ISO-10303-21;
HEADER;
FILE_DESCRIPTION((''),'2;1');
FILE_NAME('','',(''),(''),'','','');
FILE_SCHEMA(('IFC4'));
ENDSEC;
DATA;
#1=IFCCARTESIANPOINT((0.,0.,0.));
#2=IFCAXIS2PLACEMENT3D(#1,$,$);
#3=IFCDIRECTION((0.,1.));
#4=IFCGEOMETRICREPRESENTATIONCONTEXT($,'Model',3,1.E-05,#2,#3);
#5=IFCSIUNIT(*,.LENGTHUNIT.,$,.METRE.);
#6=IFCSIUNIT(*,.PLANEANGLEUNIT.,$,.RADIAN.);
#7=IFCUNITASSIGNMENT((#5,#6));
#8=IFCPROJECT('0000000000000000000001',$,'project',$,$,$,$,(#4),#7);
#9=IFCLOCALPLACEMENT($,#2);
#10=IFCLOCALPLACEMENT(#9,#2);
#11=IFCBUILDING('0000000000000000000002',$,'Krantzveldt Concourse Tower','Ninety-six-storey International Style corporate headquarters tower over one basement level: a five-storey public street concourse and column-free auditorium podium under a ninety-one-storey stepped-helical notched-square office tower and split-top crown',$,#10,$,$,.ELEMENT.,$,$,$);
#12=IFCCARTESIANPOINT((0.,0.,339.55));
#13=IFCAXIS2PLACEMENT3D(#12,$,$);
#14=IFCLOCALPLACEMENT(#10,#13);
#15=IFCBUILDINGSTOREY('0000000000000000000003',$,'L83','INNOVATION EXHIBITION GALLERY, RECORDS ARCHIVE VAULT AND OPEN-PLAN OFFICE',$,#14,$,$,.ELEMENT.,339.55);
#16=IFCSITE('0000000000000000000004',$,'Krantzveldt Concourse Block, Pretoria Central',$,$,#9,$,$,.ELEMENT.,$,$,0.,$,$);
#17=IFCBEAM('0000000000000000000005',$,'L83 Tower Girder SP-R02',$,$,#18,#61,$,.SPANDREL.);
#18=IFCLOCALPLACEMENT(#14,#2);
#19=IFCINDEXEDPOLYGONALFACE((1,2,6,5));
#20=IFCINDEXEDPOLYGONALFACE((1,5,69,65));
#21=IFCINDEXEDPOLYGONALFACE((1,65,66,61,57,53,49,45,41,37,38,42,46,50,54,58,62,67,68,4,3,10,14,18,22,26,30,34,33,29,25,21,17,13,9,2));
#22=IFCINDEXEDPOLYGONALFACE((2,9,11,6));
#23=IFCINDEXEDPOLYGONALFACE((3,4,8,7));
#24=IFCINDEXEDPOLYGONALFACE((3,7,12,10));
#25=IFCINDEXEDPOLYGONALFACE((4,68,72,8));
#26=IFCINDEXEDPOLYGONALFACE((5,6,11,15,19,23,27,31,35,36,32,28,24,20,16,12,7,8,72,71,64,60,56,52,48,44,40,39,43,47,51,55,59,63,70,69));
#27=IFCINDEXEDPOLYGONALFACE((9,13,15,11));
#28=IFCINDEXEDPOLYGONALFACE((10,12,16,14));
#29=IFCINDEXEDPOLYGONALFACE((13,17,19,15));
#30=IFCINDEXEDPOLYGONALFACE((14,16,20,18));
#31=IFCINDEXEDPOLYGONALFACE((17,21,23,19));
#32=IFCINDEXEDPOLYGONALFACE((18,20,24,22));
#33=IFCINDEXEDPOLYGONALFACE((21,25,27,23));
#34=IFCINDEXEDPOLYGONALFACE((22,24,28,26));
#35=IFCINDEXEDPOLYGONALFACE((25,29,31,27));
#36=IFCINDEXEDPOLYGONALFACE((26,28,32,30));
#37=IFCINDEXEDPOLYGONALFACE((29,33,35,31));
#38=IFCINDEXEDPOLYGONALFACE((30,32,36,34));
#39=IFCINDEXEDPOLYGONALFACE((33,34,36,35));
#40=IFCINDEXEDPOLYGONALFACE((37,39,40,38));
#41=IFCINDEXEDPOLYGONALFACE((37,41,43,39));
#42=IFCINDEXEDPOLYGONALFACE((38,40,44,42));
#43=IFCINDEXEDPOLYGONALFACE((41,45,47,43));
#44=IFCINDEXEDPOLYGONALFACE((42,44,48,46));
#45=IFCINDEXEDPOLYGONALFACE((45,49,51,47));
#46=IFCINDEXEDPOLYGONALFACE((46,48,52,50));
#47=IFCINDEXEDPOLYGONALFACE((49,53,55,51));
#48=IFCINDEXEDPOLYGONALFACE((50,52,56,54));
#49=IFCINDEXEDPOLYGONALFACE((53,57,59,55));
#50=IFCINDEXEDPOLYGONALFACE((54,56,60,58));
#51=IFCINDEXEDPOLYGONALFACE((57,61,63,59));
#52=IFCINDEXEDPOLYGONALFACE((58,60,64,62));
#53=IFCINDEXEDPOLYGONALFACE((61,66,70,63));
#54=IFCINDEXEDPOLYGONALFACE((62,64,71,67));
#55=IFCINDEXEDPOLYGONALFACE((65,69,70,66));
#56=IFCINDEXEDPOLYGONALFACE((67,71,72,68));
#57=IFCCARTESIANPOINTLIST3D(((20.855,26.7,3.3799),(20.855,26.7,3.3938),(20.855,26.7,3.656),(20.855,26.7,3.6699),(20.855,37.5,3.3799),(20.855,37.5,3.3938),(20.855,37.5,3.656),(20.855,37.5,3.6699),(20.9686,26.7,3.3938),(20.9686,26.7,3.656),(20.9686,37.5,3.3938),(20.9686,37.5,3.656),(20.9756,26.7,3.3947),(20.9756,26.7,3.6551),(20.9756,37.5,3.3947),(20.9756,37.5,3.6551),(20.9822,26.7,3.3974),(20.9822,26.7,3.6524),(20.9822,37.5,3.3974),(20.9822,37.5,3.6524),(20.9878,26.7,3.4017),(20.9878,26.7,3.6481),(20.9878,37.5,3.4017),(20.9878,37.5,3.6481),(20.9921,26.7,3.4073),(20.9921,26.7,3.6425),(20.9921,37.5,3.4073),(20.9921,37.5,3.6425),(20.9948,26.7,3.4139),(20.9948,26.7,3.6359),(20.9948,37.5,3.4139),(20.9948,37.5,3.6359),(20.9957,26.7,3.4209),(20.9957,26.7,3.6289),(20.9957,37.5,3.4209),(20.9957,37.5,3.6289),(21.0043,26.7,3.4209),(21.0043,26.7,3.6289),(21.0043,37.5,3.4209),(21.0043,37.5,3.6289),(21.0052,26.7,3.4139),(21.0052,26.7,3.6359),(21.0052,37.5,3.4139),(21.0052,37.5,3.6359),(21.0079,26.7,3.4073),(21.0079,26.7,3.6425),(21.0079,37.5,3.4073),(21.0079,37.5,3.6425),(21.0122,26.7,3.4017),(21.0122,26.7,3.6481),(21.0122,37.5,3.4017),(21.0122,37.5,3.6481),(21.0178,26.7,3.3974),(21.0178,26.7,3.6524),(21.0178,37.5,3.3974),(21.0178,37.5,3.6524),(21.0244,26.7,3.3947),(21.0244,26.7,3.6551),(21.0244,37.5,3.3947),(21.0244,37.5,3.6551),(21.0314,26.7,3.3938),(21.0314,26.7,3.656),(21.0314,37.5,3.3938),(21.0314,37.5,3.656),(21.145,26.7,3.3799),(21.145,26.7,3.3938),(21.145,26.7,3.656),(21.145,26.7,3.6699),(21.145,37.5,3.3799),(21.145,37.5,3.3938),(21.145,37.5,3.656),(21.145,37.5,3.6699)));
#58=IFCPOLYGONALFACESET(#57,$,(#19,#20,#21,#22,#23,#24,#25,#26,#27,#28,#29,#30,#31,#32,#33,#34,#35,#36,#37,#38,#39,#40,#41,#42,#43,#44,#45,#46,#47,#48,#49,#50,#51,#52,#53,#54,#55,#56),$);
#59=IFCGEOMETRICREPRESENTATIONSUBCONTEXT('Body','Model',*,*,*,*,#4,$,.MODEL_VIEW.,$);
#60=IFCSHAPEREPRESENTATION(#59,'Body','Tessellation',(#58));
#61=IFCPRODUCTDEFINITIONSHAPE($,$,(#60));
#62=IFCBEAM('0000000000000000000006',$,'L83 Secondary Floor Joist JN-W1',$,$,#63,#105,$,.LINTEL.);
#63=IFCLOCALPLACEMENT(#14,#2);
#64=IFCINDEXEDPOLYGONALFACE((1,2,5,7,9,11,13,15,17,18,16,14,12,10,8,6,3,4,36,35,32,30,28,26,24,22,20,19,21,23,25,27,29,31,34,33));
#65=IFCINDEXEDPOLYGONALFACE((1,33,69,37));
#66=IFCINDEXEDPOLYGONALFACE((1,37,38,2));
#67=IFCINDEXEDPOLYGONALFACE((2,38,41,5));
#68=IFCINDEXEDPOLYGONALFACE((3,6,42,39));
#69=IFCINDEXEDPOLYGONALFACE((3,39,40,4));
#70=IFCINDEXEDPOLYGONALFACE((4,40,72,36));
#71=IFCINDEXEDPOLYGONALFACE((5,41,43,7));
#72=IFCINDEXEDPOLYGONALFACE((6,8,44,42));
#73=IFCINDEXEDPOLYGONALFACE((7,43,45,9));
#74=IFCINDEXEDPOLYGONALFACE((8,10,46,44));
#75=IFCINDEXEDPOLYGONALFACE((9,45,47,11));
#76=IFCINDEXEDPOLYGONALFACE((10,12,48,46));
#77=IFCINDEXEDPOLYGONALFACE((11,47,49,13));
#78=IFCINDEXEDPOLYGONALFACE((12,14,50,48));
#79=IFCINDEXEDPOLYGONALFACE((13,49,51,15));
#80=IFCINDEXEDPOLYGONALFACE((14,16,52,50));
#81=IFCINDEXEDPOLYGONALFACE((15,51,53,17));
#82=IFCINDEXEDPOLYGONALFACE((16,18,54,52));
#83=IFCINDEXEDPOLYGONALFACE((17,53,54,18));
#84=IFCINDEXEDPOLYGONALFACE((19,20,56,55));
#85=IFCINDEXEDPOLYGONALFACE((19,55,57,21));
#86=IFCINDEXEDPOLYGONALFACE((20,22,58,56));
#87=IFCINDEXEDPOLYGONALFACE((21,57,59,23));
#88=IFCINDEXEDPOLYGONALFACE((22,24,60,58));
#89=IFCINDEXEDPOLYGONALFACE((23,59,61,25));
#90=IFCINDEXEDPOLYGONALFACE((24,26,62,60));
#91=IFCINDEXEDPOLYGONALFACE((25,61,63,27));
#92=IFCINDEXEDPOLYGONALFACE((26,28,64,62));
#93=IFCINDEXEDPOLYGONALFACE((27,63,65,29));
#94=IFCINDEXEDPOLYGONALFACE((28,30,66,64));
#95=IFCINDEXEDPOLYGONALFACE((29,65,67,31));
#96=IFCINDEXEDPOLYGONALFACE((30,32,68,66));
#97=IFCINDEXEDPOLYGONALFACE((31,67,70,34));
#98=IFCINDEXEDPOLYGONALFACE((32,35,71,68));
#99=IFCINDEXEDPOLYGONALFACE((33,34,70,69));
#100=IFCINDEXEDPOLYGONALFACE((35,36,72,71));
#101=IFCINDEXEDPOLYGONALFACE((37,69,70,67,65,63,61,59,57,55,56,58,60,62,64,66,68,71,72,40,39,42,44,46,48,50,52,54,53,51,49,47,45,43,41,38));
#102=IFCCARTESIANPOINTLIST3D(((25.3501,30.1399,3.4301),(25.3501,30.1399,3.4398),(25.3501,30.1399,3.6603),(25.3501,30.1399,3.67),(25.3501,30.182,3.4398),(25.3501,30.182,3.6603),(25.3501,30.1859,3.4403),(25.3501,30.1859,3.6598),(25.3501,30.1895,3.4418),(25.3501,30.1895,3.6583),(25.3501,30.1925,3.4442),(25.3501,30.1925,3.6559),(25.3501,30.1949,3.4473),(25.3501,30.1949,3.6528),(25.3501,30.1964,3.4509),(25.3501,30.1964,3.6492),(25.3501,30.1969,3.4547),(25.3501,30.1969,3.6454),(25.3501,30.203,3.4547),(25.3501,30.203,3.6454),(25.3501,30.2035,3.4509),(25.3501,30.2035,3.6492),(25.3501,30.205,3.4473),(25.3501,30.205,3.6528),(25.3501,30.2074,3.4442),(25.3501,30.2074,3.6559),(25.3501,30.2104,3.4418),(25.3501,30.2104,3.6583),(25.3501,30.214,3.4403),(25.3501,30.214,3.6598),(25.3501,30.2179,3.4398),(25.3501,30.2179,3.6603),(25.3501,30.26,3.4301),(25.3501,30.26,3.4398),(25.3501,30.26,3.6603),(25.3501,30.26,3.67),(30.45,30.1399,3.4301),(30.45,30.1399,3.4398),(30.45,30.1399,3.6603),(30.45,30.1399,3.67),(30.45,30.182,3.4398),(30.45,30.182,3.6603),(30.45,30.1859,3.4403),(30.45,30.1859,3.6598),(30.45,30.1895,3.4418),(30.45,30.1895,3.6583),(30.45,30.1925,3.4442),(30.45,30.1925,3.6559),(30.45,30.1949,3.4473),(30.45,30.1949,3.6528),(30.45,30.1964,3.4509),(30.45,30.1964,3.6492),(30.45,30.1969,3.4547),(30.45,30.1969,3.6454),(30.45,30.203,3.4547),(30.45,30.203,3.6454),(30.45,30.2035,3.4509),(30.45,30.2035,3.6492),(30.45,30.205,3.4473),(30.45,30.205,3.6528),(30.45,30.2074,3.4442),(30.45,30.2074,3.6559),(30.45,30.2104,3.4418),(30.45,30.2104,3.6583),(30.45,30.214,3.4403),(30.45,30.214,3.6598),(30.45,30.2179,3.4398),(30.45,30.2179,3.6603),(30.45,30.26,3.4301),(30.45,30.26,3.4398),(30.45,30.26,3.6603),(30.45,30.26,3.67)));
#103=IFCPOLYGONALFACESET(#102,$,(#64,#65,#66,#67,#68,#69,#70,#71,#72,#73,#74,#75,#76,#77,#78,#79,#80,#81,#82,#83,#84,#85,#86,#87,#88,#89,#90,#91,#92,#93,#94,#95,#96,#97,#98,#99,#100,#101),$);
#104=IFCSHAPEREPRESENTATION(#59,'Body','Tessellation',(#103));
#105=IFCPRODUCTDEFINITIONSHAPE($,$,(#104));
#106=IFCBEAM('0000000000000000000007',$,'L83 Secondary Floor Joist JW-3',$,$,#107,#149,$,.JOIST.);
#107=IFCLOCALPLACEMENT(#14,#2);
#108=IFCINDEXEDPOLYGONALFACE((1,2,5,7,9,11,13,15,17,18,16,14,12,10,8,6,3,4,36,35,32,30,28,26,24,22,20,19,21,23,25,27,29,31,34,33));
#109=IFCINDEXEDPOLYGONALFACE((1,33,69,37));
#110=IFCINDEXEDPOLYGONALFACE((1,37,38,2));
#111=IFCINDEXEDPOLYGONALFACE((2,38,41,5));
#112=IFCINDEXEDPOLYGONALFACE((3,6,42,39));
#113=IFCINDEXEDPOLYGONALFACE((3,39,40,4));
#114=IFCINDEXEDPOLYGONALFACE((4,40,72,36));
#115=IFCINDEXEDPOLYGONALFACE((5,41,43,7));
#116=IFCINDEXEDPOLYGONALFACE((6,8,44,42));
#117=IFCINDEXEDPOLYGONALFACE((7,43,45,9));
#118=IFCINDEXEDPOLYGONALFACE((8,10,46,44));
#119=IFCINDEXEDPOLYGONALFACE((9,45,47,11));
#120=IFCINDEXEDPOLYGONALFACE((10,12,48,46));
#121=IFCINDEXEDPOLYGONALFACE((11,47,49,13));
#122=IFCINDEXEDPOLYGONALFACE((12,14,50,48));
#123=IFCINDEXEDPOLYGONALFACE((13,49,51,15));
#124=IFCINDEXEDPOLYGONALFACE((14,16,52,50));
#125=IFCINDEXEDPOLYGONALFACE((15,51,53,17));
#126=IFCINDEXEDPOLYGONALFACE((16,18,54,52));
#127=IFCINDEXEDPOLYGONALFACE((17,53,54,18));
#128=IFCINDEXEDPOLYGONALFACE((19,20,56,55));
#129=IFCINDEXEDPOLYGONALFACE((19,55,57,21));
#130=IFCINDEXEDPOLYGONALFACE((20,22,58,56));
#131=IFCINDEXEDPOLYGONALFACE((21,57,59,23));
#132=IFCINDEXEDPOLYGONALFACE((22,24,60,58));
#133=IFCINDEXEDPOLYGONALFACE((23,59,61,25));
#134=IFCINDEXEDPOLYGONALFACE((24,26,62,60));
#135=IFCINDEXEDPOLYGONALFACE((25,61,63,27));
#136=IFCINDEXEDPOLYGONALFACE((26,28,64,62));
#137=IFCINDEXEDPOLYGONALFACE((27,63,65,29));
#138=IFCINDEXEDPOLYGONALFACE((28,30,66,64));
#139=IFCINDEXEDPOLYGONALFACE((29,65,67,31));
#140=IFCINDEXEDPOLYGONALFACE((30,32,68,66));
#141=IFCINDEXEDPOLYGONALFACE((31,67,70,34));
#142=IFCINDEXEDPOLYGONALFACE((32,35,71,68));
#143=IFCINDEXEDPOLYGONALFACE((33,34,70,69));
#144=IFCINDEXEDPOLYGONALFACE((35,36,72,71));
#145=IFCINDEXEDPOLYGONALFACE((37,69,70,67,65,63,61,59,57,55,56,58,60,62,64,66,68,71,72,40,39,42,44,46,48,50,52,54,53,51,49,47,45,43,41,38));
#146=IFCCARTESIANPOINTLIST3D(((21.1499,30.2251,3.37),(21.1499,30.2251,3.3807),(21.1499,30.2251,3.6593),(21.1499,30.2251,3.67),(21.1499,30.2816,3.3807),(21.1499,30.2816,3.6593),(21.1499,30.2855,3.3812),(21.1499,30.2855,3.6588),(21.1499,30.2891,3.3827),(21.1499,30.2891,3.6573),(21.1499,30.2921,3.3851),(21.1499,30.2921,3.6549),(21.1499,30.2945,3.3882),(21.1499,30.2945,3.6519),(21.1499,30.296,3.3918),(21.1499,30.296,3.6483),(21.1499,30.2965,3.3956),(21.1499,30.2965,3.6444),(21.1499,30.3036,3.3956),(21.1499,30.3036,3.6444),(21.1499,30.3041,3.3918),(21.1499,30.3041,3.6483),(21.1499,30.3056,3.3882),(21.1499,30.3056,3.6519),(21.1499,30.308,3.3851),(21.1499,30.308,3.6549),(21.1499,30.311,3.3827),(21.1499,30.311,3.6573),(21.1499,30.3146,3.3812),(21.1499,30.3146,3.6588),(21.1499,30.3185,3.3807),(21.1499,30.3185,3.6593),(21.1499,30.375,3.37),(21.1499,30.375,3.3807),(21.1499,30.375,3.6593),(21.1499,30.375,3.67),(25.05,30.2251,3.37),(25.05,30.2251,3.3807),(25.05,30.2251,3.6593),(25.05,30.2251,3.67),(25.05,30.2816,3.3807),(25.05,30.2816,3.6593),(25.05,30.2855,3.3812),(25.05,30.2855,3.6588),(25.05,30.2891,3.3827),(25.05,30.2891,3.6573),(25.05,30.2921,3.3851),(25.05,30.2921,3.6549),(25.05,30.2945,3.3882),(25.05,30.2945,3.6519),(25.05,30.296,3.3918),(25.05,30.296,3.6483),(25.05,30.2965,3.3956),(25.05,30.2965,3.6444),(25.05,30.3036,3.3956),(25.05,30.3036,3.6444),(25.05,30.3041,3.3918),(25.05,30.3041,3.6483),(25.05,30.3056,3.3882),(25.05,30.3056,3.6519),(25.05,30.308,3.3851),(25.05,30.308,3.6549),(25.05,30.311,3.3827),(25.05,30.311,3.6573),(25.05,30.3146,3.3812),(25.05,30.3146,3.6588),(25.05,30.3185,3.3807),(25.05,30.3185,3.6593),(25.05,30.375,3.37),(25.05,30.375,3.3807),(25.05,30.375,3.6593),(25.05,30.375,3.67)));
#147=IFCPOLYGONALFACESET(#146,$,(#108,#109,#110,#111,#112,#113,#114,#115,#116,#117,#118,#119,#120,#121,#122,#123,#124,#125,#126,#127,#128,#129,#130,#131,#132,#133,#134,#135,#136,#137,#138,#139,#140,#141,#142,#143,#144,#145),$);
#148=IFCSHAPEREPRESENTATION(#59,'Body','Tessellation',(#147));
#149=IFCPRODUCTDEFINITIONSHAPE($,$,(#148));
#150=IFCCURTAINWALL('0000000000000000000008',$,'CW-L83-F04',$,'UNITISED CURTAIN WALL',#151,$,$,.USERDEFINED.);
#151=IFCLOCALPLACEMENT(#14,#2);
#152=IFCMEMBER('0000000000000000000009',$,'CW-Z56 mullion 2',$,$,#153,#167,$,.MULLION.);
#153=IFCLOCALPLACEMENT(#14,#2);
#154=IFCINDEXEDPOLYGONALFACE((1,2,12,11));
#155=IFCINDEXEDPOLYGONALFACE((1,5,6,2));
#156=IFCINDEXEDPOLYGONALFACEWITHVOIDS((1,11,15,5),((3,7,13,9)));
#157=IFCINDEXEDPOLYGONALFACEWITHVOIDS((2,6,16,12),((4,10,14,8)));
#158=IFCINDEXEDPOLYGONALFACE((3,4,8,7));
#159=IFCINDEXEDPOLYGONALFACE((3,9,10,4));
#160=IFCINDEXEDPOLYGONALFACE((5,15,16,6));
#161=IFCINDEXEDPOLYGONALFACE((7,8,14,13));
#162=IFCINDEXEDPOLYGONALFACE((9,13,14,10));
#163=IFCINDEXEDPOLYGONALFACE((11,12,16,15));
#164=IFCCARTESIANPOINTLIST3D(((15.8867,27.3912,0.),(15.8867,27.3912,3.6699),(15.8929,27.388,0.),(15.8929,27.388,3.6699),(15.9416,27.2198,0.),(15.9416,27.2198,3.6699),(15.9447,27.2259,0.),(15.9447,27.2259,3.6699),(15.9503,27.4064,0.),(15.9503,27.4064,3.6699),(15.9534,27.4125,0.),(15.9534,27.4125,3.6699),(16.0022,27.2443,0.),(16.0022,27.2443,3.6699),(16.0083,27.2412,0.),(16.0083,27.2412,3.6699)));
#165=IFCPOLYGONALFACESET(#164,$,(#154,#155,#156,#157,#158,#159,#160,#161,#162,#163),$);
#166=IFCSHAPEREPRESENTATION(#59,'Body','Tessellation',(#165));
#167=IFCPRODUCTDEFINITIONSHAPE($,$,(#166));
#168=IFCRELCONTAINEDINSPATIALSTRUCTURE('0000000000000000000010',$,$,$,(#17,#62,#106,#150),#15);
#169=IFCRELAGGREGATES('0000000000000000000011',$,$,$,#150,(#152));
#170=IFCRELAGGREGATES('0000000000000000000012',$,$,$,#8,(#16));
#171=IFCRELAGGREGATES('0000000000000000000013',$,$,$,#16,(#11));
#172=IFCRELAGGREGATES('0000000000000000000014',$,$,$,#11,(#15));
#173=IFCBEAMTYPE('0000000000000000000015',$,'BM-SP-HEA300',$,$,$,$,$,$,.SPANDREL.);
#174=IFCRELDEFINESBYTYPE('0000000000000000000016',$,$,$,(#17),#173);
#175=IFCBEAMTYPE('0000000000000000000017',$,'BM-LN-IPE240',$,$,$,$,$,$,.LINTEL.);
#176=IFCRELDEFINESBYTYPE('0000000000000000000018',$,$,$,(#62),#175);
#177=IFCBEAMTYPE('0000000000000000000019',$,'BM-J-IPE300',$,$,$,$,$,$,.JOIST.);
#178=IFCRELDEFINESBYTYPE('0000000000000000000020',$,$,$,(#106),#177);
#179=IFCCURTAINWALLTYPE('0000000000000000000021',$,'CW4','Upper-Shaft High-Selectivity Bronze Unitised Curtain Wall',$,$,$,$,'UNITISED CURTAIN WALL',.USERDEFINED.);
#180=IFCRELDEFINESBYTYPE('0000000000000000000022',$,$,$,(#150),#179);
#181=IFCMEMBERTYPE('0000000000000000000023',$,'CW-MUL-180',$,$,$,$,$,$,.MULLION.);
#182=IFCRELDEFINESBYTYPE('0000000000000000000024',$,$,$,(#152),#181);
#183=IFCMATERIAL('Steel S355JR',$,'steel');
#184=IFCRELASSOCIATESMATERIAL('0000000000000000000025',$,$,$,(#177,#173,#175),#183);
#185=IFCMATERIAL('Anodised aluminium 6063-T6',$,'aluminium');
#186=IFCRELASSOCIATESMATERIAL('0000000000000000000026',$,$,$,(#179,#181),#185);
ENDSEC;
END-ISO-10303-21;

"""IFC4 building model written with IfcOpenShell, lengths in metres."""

from ifc_helpers import new_model, si_unit, direction, frame, origin, origin_2d, place, context, subcontext, project, spatial, hollow_rectangle, i_section, extrude, source, transform, mapped, material, material_profile, profile_set, type_object, type_shapes, element, aggregate, save


model = new_model("IFC4")

# Units and contexts
model_context = context("Model", 3, precision=1e-05, world=origin(), true_north=direction((0.0, 1.0)))
body_context = subcontext(model_context, "Body", "Model", "MODEL_VIEW")
ifc_project = project(units=[si_unit("LENGTHUNIT", "METRE"), si_unit("PLANEANGLEUNIT", "RADIAN")], contexts=[model_context])

# Site, building, storey
site_placement = place(None, origin())
site = spatial("IfcSite", under=ifc_project, at=site_placement, Name="Krantzveldt Concourse Block, Pretoria Central", CompositionType="ELEMENT", RefElevation=0.0)
building_placement = place(site_placement, origin())
building = spatial("IfcBuilding", under=site, at=building_placement, Name="Krantzveldt Concourse Tower", Description="Ninety-six-storey International Style corporate headquarters tower over one basement level: a five-storey public street concourse and column-free auditorium podium under a ninety-one-storey stepped-helical notched-square office tower and split-top crown", CompositionType="ELEMENT")
storey_placement = place(building_placement, frame((0.0, 0.0, 339.55)))
storey = spatial("IfcBuildingStorey", under=building, at=storey_placement, Name="L83", Description="INNOVATION EXHIBITION GALLERY, RECORDS ARCHIVE VAULT AND OPEN-PLAN OFFICE", CompositionType="ELEMENT", Elevation=339.55)

# Beams
ifc_material_1 = material(Name="Steel S355JR", Category="steel")
ifc_material_profile_1 = material_profile(ifc_material_1, i_section(OverallWidth=0.1499, OverallDepth=0.3, WebThickness=0.0071, FlangeThickness=0.0107, FilletRadius=0.0149, at=origin_2d()), Name="Steel S355JR", Category="steel")
ifc_profile_set_1 = profile_set([ifc_material_profile_1], Name="Steel S355JR - IPE 300")
beam_type_1 = type_object("IfcBeamType", Name="BM-J-IPE300", PredefinedType="JOIST", material=ifc_profile_set_1)
ifc_material_profile_2 = material_profile(ifc_material_1, i_section(OverallWidth=0.29, OverallDepth=0.29, WebThickness=0.0085, FlangeThickness=0.0139, FilletRadius=0.0271, at=origin_2d()), Name="Steel S355JR", Category="steel")
ifc_profile_set_2 = profile_set([ifc_material_profile_2], Name="Steel S355JR - HEA 300")
beam_type_2 = type_object("IfcBeamType", Name="BM-SP-HEA300", PredefinedType="SPANDREL", material=ifc_profile_set_2)
shared_shape_1 = source(origin(), body_context, "Body", "SweptSolid", [
    extrude(i_section(OverallWidth=0.29, OverallDepth=0.29, WebThickness=0.0085, FlangeThickness=0.0139, FilletRadius=0.0271, at=origin_2d()), origin(), (0.0, 0.0, 1.0), 10.8),
])
type_shapes(beam_type_2, [shared_shape_1])
beam_1_placement = place(storey_placement, frame((21.0, 26.7, 3.5249), z_axis=(0.0, 1.0, 0.0), x_axis=(-1.0, 0.0, 0.0)))
element("IfcBeam", 1, at=beam_1_placement, inside=storey, type_object=beam_type_2, Name="L83 Tower Girder SP-R02", PredefinedType="SPANDREL", context=body_context, shape_type="MappedRepresentation", body=[
    mapped(shared_shape_1, transform((0.0, 0.0, 0.0), x_axis=(1.0, 0.0, 0.0), y_axis=(0.0, 1.0, 0.0), z_axis=(0.0, 0.0, 1.0), scale=1.0)),
])
ifc_material_profile_3 = material_profile(ifc_material_1, i_section(OverallWidth=0.1201, OverallDepth=0.24, WebThickness=0.0061, FlangeThickness=0.0098, FilletRadius=0.0149, at=origin_2d()), Name="Steel S355JR", Category="steel")
ifc_profile_set_3 = profile_set([ifc_material_profile_3], Name="Steel S355JR - IPE 240")
beam_type_3 = type_object("IfcBeamType", Name="BM-LN-IPE240", PredefinedType="LINTEL", material=ifc_profile_set_3)
shared_shape_2 = source(origin(), body_context, "Body", "SweptSolid", [
    extrude(i_section(OverallWidth=0.1201, OverallDepth=0.24, WebThickness=0.0061, FlangeThickness=0.0098, FilletRadius=0.0149, at=origin_2d()), origin(), (0.0, 0.0, 1.0), 5.0999),
])
type_shapes(beam_type_3, [shared_shape_2])
beam_2_placement = place(storey_placement, frame((25.3501, 30.2, 3.55), z_axis=(1.0, 0.0, 0.0), x_axis=(0.0, 1.0, 0.0)))
element("IfcBeam", 2, at=beam_2_placement, inside=storey, type_object=beam_type_3, Name="L83 Secondary Floor Joist JN-W1", PredefinedType="LINTEL", context=body_context, shape_type="MappedRepresentation", body=[
    mapped(shared_shape_2, transform((0.0, 0.0, 0.0), x_axis=(1.0, 0.0, 0.0), y_axis=(0.0, 1.0, 0.0), z_axis=(0.0, 0.0, 1.0), scale=1.0)),
])
shared_shape_3 = source(origin(), body_context, "Body", "SweptSolid", [
    extrude(i_section(OverallWidth=0.1499, OverallDepth=0.3, WebThickness=0.0071, FlangeThickness=0.0107, FilletRadius=0.0149, at=origin_2d()), origin(), (0.0, 0.0, 1.0), 3.9001),
])
beam_3_placement = place(storey_placement, frame((21.1499, 30.3, 3.52), z_axis=(1.0, 0.0, 0.0), x_axis=(0.0, 1.0, 0.0)))
element("IfcBeam", 3, at=beam_3_placement, inside=storey, type_object=beam_type_1, Name="L83 Secondary Floor Joist JW-3", PredefinedType="JOIST", context=body_context, shape_type="MappedRepresentation", body=[
    mapped(shared_shape_3, transform((0.0, 0.0, 0.0), x_axis=(1.0, 0.0, 0.0), y_axis=(0.0, 1.0, 0.0), z_axis=(0.0, 0.0, 1.0), scale=1.0)),
])

# Curtain wall, member
ifc_material_2 = material(Name="Anodised aluminium 6063-T6", Category="aluminium")
curtain_wall_type = type_object("IfcCurtainWallType", Name="CW4", Description="Upper-Shaft High-Selectivity Bronze Unitised Curtain Wall", ElementType="UNITISED CURTAIN WALL", PredefinedType="USERDEFINED", material=ifc_material_2)
curtain_wall_placement = place(storey_placement, origin())
curtain_wall = element("IfcCurtainWall", 4, at=curtain_wall_placement, inside=storey, type_object=curtain_wall_type, Name="CW-L83-F04", ObjectType="UNITISED CURTAIN WALL", PredefinedType="USERDEFINED")
ifc_material_profile_4 = material_profile(ifc_material_2, hollow_rectangle(XDim=0.0701, YDim=0.1799, WallThickness=0.0049, at=origin_2d()), Name="Anodised aluminium 6063-T6", Category="aluminium")
ifc_profile_set_4 = profile_set([ifc_material_profile_4], Name="Anodised aluminium 6063-T6 - ALU-MULL 180x70x5")
member_type_1 = type_object("IfcMemberType", Name="CW-MUL-180", PredefinedType="MULLION", material=ifc_profile_set_4)
shared_shape_4 = source(origin(), body_context, "Body", "SweptSolid", [
    extrude(hollow_rectangle(XDim=0.0701, YDim=0.1799, WallThickness=0.0049, at=origin_2d()), origin(), (0.0, 0.0, 1.0), 3.6699),
])
type_shapes(member_type_1, [shared_shape_4])
member_1_placement = place(storey_placement, frame((15.9475, 27.3162, 0.0), z_axis=(0.0, 0.0, 1.0), x_axis=(0.952396, 0.304864, 0.0)))
member_1 = element("IfcMember", 5, at=member_1_placement, type_object=member_type_1, Name="CW-Z56 mullion 2", PredefinedType="MULLION", context=body_context, shape_type="MappedRepresentation", body=[
    mapped(shared_shape_4, transform((0.0, 0.0, 0.0), x_axis=(1.0, 0.0, 0.0), y_axis=(0.0, 1.0, 0.0), z_axis=(0.0, 0.0, 1.0), scale=1.0)),
])
aggregate(curtain_wall, [member_1])

save(model, "model.ifc")
